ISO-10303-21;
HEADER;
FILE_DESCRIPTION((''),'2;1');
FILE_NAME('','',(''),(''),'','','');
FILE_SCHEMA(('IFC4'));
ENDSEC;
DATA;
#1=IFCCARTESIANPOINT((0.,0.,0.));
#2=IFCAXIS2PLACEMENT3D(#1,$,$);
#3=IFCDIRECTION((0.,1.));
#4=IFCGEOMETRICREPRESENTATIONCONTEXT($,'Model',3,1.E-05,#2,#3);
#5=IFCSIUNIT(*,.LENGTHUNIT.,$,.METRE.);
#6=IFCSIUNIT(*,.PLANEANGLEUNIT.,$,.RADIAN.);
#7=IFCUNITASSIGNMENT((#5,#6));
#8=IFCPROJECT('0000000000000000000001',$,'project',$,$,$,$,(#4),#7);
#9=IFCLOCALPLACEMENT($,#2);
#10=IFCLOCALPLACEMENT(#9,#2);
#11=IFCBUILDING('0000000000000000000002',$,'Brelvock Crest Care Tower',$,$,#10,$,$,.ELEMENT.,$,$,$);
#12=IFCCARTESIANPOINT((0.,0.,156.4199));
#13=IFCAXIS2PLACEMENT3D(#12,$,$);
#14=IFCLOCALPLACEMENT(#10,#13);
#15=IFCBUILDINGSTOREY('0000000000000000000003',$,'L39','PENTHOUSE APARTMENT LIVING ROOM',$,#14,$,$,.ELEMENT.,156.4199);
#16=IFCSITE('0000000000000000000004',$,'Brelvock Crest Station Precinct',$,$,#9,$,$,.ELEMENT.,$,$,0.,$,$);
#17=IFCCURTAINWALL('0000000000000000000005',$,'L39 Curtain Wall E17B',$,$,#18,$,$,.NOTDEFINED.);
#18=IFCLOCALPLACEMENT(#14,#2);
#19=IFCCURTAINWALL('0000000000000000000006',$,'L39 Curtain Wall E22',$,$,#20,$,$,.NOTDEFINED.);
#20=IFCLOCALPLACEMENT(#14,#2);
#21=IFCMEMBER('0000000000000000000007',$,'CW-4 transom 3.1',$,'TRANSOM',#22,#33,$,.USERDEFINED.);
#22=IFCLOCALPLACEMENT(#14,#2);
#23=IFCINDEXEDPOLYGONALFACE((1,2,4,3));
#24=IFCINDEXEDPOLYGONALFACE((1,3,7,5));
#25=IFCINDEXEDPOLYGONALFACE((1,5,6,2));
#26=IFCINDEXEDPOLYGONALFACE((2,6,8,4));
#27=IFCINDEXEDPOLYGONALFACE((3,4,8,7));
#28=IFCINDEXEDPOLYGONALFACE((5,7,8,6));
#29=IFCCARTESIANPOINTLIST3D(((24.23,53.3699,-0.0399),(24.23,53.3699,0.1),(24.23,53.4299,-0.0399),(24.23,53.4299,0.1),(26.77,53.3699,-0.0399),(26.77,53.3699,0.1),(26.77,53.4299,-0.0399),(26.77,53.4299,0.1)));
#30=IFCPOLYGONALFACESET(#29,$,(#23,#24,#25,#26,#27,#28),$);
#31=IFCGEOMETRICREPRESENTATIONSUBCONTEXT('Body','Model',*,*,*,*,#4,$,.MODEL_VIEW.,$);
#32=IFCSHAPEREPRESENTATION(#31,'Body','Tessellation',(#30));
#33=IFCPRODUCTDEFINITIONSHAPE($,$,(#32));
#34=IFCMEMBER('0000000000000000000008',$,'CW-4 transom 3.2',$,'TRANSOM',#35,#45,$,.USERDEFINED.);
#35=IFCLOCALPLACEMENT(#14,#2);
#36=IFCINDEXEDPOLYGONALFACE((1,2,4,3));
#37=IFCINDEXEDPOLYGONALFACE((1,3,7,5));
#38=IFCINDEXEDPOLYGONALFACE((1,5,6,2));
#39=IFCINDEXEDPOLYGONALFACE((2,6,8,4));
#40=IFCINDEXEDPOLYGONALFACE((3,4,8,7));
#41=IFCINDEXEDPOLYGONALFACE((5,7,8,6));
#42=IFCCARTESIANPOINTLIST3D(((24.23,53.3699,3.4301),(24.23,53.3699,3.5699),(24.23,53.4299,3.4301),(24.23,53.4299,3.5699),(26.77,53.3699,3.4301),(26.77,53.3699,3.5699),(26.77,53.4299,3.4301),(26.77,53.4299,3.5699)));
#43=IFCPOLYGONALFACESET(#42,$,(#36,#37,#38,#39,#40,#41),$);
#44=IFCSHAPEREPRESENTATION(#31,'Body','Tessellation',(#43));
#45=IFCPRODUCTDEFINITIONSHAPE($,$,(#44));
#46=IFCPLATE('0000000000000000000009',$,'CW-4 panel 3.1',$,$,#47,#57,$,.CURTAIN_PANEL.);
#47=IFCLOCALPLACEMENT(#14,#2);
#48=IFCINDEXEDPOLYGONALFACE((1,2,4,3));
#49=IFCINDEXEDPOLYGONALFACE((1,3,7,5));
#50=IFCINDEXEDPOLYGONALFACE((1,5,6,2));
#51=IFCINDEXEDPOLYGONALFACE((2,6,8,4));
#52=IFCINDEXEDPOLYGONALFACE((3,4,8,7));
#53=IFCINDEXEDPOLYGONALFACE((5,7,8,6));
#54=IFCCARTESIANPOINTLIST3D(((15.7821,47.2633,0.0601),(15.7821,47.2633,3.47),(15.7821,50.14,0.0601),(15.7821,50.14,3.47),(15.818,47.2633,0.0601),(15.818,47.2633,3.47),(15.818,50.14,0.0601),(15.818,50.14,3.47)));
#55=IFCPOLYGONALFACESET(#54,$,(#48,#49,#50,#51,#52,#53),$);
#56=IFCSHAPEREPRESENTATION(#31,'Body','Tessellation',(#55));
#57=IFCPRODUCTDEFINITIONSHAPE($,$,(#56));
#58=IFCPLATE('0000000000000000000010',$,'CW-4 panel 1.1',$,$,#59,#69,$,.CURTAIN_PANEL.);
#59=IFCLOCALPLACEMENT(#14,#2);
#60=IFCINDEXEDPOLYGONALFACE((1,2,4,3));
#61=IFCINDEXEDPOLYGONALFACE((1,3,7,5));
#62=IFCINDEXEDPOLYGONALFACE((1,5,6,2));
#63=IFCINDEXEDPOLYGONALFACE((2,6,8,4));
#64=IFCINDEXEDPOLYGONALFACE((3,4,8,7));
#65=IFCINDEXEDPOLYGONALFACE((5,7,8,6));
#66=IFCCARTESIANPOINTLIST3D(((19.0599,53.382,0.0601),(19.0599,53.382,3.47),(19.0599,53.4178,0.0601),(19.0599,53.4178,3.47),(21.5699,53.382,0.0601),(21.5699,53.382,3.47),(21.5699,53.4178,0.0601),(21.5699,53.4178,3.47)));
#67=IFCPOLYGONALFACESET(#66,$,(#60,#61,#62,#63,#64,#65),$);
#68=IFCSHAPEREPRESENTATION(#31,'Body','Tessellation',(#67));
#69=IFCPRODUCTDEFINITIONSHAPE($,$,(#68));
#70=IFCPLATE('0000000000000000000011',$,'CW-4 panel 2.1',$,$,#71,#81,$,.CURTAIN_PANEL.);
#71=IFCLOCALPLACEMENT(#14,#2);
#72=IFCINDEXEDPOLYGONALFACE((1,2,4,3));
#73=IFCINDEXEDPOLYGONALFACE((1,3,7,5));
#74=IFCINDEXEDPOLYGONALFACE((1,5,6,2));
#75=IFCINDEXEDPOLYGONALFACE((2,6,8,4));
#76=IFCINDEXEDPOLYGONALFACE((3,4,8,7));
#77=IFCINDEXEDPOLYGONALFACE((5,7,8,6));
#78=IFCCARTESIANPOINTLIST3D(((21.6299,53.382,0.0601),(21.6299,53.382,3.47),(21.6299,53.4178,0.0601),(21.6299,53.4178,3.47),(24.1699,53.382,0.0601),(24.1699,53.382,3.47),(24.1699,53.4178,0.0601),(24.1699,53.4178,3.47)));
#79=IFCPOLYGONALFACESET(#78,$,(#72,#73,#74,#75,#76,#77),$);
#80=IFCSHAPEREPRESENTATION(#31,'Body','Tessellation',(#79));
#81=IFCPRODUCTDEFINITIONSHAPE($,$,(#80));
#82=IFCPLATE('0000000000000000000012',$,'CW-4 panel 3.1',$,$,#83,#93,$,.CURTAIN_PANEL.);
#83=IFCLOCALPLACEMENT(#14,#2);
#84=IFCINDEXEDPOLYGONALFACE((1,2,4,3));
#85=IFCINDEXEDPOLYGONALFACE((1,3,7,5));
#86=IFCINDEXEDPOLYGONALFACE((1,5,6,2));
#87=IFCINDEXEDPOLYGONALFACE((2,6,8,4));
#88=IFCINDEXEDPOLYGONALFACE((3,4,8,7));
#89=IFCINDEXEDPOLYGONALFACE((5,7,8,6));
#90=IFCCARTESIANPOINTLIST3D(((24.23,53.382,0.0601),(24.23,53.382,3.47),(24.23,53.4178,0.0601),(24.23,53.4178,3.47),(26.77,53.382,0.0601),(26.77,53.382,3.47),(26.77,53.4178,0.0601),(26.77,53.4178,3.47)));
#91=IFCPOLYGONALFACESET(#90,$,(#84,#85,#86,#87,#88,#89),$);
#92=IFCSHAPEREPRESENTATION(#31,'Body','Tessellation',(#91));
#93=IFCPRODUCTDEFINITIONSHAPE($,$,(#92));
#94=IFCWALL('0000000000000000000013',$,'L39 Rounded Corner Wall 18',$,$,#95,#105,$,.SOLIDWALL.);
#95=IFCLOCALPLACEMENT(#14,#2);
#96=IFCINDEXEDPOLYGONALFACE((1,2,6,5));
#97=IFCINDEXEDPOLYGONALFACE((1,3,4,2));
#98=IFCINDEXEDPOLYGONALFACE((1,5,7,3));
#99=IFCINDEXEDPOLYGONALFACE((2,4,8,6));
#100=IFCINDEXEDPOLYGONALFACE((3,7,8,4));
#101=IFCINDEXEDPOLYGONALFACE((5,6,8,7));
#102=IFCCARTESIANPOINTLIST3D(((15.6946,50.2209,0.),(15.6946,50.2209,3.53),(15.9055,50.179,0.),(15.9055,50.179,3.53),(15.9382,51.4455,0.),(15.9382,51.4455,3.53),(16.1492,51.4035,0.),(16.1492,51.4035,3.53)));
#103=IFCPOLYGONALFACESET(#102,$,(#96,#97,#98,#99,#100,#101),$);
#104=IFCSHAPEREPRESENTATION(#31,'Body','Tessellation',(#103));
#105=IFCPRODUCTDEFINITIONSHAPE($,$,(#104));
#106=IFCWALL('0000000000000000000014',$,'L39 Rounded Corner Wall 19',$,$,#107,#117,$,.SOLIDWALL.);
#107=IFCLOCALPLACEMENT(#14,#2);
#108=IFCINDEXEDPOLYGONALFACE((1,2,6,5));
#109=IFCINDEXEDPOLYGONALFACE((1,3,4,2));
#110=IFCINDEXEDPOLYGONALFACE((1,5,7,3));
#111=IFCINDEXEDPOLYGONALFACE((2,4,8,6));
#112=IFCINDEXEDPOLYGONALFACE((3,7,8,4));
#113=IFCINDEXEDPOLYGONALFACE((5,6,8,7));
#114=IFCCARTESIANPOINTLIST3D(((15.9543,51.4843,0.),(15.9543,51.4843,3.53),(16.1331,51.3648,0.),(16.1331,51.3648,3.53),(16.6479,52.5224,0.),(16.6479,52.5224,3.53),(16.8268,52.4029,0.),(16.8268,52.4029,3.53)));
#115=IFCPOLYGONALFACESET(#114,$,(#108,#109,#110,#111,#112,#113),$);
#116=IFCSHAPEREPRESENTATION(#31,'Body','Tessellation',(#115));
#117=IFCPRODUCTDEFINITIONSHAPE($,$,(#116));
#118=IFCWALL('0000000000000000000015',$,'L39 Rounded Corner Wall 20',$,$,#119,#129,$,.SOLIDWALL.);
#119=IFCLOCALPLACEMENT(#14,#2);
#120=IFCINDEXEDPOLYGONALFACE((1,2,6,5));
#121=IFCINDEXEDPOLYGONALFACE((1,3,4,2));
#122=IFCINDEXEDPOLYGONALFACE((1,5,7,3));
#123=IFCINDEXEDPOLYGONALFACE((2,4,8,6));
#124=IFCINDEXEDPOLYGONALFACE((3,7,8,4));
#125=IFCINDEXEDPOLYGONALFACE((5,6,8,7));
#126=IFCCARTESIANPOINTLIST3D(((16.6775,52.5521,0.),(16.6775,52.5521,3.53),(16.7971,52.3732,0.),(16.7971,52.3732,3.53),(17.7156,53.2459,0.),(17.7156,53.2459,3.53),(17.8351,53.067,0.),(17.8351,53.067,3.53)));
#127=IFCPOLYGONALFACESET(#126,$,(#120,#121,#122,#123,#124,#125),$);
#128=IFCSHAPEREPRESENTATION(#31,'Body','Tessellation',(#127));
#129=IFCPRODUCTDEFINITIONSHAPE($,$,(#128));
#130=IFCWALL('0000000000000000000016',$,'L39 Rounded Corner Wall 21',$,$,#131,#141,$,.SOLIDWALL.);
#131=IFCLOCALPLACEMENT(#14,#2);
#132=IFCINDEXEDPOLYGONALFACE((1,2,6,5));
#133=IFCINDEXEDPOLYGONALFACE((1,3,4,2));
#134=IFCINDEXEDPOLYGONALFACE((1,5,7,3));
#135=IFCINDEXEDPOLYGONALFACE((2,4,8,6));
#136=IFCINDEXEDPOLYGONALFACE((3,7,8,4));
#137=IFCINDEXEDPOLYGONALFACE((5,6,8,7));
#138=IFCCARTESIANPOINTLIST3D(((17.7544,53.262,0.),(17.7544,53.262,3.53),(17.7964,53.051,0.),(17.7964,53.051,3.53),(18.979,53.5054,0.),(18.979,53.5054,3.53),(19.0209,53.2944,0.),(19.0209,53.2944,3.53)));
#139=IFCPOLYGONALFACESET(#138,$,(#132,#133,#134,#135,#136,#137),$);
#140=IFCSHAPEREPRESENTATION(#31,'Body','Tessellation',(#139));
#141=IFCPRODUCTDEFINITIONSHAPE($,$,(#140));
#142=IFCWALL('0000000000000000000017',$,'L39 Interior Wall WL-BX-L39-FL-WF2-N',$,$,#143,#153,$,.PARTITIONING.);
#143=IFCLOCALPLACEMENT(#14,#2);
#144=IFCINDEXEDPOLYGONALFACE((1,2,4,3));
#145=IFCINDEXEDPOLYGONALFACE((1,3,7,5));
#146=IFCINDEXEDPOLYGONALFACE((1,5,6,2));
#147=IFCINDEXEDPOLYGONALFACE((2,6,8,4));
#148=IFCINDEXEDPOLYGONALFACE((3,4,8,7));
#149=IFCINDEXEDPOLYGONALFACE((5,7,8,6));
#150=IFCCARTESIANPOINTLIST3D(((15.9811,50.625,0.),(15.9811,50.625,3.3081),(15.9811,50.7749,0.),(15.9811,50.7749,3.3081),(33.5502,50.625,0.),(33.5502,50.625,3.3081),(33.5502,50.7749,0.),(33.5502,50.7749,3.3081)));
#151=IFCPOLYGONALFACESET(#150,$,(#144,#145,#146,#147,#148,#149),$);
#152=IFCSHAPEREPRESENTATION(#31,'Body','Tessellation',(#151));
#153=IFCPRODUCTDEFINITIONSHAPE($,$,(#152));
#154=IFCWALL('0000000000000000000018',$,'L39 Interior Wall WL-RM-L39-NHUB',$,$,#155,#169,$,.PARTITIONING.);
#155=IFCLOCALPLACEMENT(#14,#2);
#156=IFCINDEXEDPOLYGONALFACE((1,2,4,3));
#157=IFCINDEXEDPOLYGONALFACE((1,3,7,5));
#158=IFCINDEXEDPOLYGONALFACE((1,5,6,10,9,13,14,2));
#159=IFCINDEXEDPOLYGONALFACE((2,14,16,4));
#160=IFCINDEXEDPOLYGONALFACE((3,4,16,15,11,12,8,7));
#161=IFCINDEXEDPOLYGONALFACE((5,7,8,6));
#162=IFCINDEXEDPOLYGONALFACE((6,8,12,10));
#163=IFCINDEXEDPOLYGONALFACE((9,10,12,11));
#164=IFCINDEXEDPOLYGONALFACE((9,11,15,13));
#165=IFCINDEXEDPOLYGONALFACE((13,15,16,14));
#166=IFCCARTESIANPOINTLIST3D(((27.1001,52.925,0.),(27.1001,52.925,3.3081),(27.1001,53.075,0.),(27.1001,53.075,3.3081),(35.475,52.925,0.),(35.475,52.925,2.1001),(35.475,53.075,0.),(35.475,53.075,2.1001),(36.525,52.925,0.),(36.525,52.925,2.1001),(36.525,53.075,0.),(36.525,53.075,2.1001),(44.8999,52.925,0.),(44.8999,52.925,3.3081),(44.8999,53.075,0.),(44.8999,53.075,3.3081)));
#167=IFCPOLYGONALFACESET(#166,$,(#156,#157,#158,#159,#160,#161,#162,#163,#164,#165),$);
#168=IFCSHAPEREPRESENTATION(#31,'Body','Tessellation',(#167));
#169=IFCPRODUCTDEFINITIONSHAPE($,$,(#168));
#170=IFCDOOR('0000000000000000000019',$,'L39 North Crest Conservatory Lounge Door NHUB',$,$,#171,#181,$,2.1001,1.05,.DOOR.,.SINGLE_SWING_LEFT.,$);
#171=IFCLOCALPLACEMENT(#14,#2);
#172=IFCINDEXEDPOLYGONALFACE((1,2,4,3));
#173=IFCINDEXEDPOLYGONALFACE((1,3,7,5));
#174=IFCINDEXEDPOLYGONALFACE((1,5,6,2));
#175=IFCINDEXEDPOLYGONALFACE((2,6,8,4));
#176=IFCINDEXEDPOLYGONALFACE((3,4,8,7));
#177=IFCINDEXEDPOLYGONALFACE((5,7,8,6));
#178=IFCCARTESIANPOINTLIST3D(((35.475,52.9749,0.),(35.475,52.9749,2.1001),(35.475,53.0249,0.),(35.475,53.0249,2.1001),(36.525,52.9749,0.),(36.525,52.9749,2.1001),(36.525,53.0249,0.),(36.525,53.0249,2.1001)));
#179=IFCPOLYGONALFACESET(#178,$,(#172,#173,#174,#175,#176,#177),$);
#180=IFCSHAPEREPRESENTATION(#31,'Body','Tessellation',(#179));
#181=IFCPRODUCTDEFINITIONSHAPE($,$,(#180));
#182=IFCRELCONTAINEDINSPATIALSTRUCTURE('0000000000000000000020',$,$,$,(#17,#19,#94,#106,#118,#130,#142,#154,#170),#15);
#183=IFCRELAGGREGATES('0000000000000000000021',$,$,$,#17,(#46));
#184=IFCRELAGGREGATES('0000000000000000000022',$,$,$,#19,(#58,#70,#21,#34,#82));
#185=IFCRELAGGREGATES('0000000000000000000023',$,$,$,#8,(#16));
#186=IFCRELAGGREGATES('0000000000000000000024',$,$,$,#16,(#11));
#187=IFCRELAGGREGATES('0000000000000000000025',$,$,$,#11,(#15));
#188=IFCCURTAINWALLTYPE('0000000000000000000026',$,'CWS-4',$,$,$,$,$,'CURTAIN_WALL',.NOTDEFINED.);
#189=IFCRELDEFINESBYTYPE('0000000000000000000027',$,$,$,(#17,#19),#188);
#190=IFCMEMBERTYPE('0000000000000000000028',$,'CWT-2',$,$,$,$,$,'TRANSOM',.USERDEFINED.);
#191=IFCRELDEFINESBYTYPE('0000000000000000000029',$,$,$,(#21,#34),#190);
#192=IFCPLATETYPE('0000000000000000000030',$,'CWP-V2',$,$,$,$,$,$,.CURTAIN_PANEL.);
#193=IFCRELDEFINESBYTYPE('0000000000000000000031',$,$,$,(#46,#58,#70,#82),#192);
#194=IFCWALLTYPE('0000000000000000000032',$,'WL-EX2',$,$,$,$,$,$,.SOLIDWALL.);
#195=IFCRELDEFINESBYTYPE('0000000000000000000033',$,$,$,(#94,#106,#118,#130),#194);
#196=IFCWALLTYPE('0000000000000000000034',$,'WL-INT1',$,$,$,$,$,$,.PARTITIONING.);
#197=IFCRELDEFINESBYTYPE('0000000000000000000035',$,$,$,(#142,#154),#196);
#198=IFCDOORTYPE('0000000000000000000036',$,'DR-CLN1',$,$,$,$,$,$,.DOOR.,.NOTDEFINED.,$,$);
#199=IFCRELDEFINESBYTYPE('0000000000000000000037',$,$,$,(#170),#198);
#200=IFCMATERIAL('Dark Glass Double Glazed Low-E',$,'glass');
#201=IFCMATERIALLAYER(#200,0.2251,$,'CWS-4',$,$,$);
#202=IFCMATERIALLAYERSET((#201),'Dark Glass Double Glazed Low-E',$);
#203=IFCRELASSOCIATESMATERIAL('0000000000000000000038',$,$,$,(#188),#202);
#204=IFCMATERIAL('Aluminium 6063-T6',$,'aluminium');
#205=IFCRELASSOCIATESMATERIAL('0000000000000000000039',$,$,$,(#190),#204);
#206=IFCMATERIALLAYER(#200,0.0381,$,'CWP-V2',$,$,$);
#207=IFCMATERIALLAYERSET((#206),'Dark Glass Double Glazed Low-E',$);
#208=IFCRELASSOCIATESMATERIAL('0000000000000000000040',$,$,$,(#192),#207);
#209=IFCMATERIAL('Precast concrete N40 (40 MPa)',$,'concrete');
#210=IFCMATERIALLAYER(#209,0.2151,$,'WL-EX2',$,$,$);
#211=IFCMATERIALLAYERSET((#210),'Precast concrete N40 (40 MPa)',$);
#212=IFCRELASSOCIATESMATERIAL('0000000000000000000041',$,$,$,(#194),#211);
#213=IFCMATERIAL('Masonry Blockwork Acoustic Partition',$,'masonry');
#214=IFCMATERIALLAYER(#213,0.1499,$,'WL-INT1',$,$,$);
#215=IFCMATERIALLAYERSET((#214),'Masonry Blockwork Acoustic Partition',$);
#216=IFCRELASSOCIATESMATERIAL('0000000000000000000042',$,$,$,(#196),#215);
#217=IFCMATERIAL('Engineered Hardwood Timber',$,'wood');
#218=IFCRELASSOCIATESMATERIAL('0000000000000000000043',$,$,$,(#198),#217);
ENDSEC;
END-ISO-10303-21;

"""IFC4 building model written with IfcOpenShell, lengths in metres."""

from ifc_helpers import new_model, si_unit, direction, frame, frame_2d, origin, origin_2d, place, context, subcontext, project, spatial, rectangle, extrude, source, transform, mapped, material, layer, layer_set, material_profile, profile_set, type_object, element, fill, aggregate, save


model = new_model("IFC4")

# Units and contexts
model_context = context("Model", 3, precision=1e-05, world=origin(), true_north=direction((0.0, 1.0)))
body_context = subcontext(model_context, "Body", "Model", "MODEL_VIEW")
ifc_project = project(units=[si_unit("LENGTHUNIT", "METRE"), si_unit("PLANEANGLEUNIT", "RADIAN")], contexts=[model_context])

# Site, building, storey
site_placement = place(None, origin())
site = spatial("IfcSite", under=ifc_project, at=site_placement, Name="Brelvock Crest Station Precinct", CompositionType="ELEMENT", RefElevation=0.0)
building_placement = place(site_placement, origin())
building = spatial("IfcBuilding", under=site, at=building_placement, Name="Brelvock Crest Care Tower", CompositionType="ELEMENT")
storey_placement = place(building_placement, frame((0.0, 0.0, 156.4199)))
storey = spatial("IfcBuildingStorey", under=building, at=storey_placement, Name="L39", Description="PENTHOUSE APARTMENT LIVING ROOM", CompositionType="ELEMENT", Elevation=156.4199)

# Curtain walls
ifc_material_1 = material(Name="Dark Glass Double Glazed Low-E", Category="glass")
ifc_layer_1 = layer(ifc_material_1, 0.2251, Name="CWS-4")
ifc_layer_set_1 = layer_set([ifc_layer_1], Name="Dark Glass Double Glazed Low-E")
curtain_wall_type = type_object("IfcCurtainWallType", Name="CWS-4", ElementType="CURTAIN_WALL", PredefinedType="NOTDEFINED", material=ifc_layer_set_1)
curtain_wall_1_placement = place(storey_placement, origin())
curtain_wall_1 = element("IfcCurtainWall", 1, at=curtain_wall_1_placement, inside=storey, type_object=curtain_wall_type, Name="L39 Curtain Wall E17B", PredefinedType="NOTDEFINED")
ifc_material_2 = material(Name="Aluminium 6063-T6", Category="aluminium")
curtain_wall_2_placement = place(storey_placement, origin())
curtain_wall_2 = element("IfcCurtainWall", 2, at=curtain_wall_2_placement, inside=storey, type_object=curtain_wall_type, Name="L39 Curtain Wall E22", PredefinedType="NOTDEFINED")

# Members
ifc_material_profile_1 = material_profile(ifc_material_2, rectangle(XDim=0.0601, YDim=0.1399, at=origin_2d()), Name="ALU60x140")
ifc_profile_set_1 = profile_set([ifc_material_profile_1], Name="Aluminium 6063-T6")
member_type_1 = type_object("IfcMemberType", Name="CWT-2", ElementType="TRANSOM", PredefinedType="USERDEFINED", material=ifc_profile_set_1)
shared_shape_1 = source(origin(), body_context, "Body", "SweptSolid", [
    extrude(rectangle(XDim=0.0601, YDim=0.1399, at=origin_2d()), origin(), (0.0, 0.0, 1.0), 2.54),
])
member_1_placement = place(storey_placement, frame((24.23, 53.3999, 0.03), z_axis=(1.0, 0.0, 0.0), x_axis=(0.0, 1.0, 0.0)))
member_1 = element("IfcMember", 3, at=member_1_placement, type_object=member_type_1, Name="CW-4 transom 3.1", ObjectType="TRANSOM", PredefinedType="USERDEFINED", context=body_context, shape_type="MappedRepresentation", body=[
    mapped(shared_shape_1, transform((0.0, 0.0, 0.0), x_axis=(1.0, 0.0, 0.0), y_axis=(0.0, 1.0, 0.0), z_axis=(0.0, 0.0, 1.0), scale=1.0)),
])
member_2_placement = place(storey_placement, frame((24.23, 53.3999, 3.5), z_axis=(1.0, 0.0, 0.0), x_axis=(0.0, 1.0, 0.0)))
member_2 = element("IfcMember", 4, at=member_2_placement, type_object=member_type_1, Name="CW-4 transom 3.2", ObjectType="TRANSOM", PredefinedType="USERDEFINED", context=body_context, shape_type="MappedRepresentation", body=[
    mapped(shared_shape_1, transform((0.0, 0.0, 0.0), x_axis=(1.0, 0.0, 0.0), y_axis=(0.0, 1.0, 0.0), z_axis=(0.0, 0.0, 1.0), scale=1.0)),
])

# Plates
ifc_layer_2 = layer(ifc_material_1, 0.0381, Name="CWP-V2")
ifc_layer_set_2 = layer_set([ifc_layer_2], Name="Dark Glass Double Glazed Low-E")
plate_type = type_object("IfcPlateType", Name="CWP-V2", PredefinedType="CURTAIN_PANEL", material=ifc_layer_set_2)
shared_shape_2 = source(origin(), body_context, "Body", "SweptSolid", [
    extrude(rectangle(XDim=2.8767, YDim=0.0359, at=origin_2d()), origin(), (0.0, 0.0, 1.0), 3.4099),
])
plate_1_placement = place(storey_placement, frame((15.8, 48.7017, 0.0601), z_axis=(0.0, 0.0, 1.0), x_axis=(0.0, 1.0, 0.0)))
plate_1 = element("IfcPlate", 5, at=plate_1_placement, type_object=plate_type, Name="CW-4 panel 3.1", PredefinedType="CURTAIN_PANEL", context=body_context, shape_type="MappedRepresentation", body=[
    mapped(shared_shape_2, transform((0.0, 0.0, 0.0), x_axis=(1.0, 0.0, 0.0), y_axis=(0.0, 1.0, 0.0), z_axis=(0.0, 0.0, 1.0), scale=1.0)),
])
aggregate(curtain_wall_1, [plate_1])
shared_shape_3 = source(origin(), body_context, "Body", "SweptSolid", [
    extrude(rectangle(XDim=2.51, YDim=0.0359, at=origin_2d()), origin(), (0.0, 0.0, 1.0), 3.4099),
])
plate_2_placement = place(storey_placement, frame((20.3149, 53.3999, 0.0601), z_axis=(0.0, 0.0, 1.0), x_axis=(1.0, 0.0, 0.0)))
plate_2 = element("IfcPlate", 6, at=plate_2_placement, type_object=plate_type, Name="CW-4 panel 1.1", PredefinedType="CURTAIN_PANEL", context=body_context, shape_type="MappedRepresentation", body=[
    mapped(shared_shape_3, transform((0.0, 0.0, 0.0), x_axis=(1.0, 0.0, 0.0), y_axis=(0.0, 1.0, 0.0), z_axis=(0.0, 0.0, 1.0), scale=1.0)),
])
shared_shape_4 = source(origin(), body_context, "Body", "SweptSolid", [
    extrude(rectangle(XDim=2.54, YDim=0.0359, at=origin_2d()), origin(), (0.0, 0.0, 1.0), 3.4099),
])
plate_3_placement = place(storey_placement, frame((22.8999, 53.3999, 0.0601), z_axis=(0.0, 0.0, 1.0), x_axis=(1.0, 0.0, 0.0)))
plate_3 = element("IfcPlate", 7, at=plate_3_placement, type_object=plate_type, Name="CW-4 panel 2.1", PredefinedType="CURTAIN_PANEL", context=body_context, shape_type="MappedRepresentation", body=[
    mapped(shared_shape_4, transform((0.0, 0.0, 0.0), x_axis=(1.0, 0.0, 0.0), y_axis=(0.0, 1.0, 0.0), z_axis=(0.0, 0.0, 1.0), scale=1.0)),
])
plate_4_placement = place(storey_placement, frame((25.5, 53.3999, 0.0601), z_axis=(0.0, 0.0, 1.0), x_axis=(1.0, 0.0, 0.0)))
plate_4 = element("IfcPlate", 8, at=plate_4_placement, type_object=plate_type, Name="CW-4 panel 3.1", PredefinedType="CURTAIN_PANEL", context=body_context, shape_type="MappedRepresentation", body=[
    mapped(shared_shape_4, transform((0.0, 0.0, 0.0), x_axis=(1.0, 0.0, 0.0), y_axis=(0.0, 1.0, 0.0), z_axis=(0.0, 0.0, 1.0), scale=1.0)),
])
aggregate(curtain_wall_2, [plate_2, plate_3, member_1, member_2, plate_4])

# Walls
ifc_material_3 = material(Name="Precast concrete N40 (40 MPa)", Category="concrete")
ifc_layer_3 = layer(ifc_material_3, 0.2151, Name="WL-EX2")
ifc_layer_set_3 = layer_set([ifc_layer_3], Name="Precast concrete N40 (40 MPa)")
wall_type_1 = type_object("IfcWallType", Name="WL-EX2", PredefinedType="SOLIDWALL", material=ifc_layer_set_3)
for number, where, z_axis, x_axis, name in (
    (9, (15.8, 50.2, 0.0), (0.0, 0.0, 1.0), (0.195138, 0.980776, 0.0), "L39 Rounded Corner Wall 18"),
    (10, (16.0437, 51.4246, 0.0), (0.0, 0.0, 1.0), (0.555557, 0.831478, 0.0), "L39 Rounded Corner Wall 19"),
    (11, (16.7373, 52.4626, 0.0), (0.0, 0.0, 1.0), (0.831388, 0.555692, 0.0), "L39 Rounded Corner Wall 20"),
    (12, (17.7754, 53.1565, 0.0), (0.0, 0.0, 1.0), (0.980813, 0.19495, 0.0), "L39 Rounded Corner Wall 21"),
):
    element("IfcWall", number, at=place(storey_placement, frame(where, z_axis=z_axis, x_axis=x_axis)), inside=storey, type_object=wall_type_1, Name=name, PredefinedType="SOLIDWALL", context=body_context, shape_type="SweptSolid", body=[
        extrude(rectangle(XDim=1.2485, YDim=0.2151, at=frame_2d((0.6243, 0.0))), origin(), (0.0, 0.0, 1.0), 3.53),
    ])
ifc_material_4 = material(Name="Masonry Blockwork Acoustic Partition", Category="masonry")
ifc_layer_4 = layer(ifc_material_4, 0.1499, Name="WL-INT1")
ifc_layer_set_4 = layer_set([ifc_layer_4], Name="Masonry Blockwork Acoustic Partition")
wall_type_2 = type_object("IfcWallType", Name="WL-INT1", PredefinedType="PARTITIONING", material=ifc_layer_set_4)
wall_1_placement = place(storey_placement, frame((15.981, 50.7, 0.0), z_axis=(0.0, 0.0, 1.0), x_axis=(1.0, 0.0, 0.0)))
element("IfcWall", 13, at=wall_1_placement, inside=storey, type_object=wall_type_2, Name="L39 Interior Wall WL-BX-L39-FL-WF2-N", PredefinedType="PARTITIONING", context=body_context, shape_type="SweptSolid", body=[
    extrude(rectangle(XDim=17.5691, YDim=0.1499, at=frame_2d((8.7847, 0.0))), origin(), (0.0, 0.0, 1.0), 3.3081),
])

# Wall, opening, door
wall_2_placement = place(storey_placement, frame((27.1001, 53.0, 0.0), z_axis=(0.0, 0.0, 1.0), x_axis=(1.0, 0.0, 0.0)))
wall_2 = element("IfcWall", 14, at=wall_2_placement, inside=storey, type_object=wall_type_2, Name="L39 Interior Wall WL-RM-L39-NHUB", PredefinedType="PARTITIONING", context=body_context, shape_type="SweptSolid", body=[
    extrude(rectangle(XDim=17.7998, YDim=0.1499, at=frame_2d((8.8999, 0.0))), origin(), (0.0, 0.0, 1.0), 3.3081),
])
opening_placement = place(wall_2_placement, frame((8.375, 0.0, 0.0)))
opening = element("IfcOpeningElement", 15, at=opening_placement, cuts=wall_2, PredefinedType="OPENING", context=body_context, shape_type="SweptSolid", body=[
    extrude(rectangle(XDim=1.05, YDim=2.1001, at=origin_2d()), frame((0.5249, 0.085, 1.05), z_axis=(0.0, -1.0, 0.0), x_axis=(1.0, 0.0, 0.0)), (0.0, 0.0, 1.0), 0.1699),
])
ifc_material_5 = material(Name="Engineered Hardwood Timber", Category="wood")
door_type = type_object("IfcDoorType", Name="DR-CLN1", OperationType="NOTDEFINED", PredefinedType="DOOR", material=ifc_material_5)
shared_shape_5 = source(origin(), body_context, "Body", "SweptSolid", [
    extrude(rectangle(XDim=1.05, YDim=2.1001, at=origin_2d()), frame((0.5249, 0.0249, 1.05), z_axis=(0.0, -1.0, 0.0), x_axis=(1.0, 0.0, 0.0)), (0.0, 0.0, 1.0), 0.05),
])
door_placement = place(opening_placement, origin())
door = element("IfcDoor", 16, at=door_placement, inside=storey, type_object=door_type, Name="L39 North Crest Conservatory Lounge Door NHUB", OperationType="SINGLE_SWING_LEFT", OverallHeight=2.1001, OverallWidth=1.05, PredefinedType="DOOR", context=body_context, shape_type="MappedRepresentation", body=[
    mapped(shared_shape_5, transform((0.0, 0.0, 0.0), x_axis=(1.0, 0.0, 0.0), y_axis=(0.0, 1.0, 0.0), z_axis=(0.0, 0.0, 1.0), scale=1.0)),
])
fill(opening, door)

save(model, "model.ifc")
